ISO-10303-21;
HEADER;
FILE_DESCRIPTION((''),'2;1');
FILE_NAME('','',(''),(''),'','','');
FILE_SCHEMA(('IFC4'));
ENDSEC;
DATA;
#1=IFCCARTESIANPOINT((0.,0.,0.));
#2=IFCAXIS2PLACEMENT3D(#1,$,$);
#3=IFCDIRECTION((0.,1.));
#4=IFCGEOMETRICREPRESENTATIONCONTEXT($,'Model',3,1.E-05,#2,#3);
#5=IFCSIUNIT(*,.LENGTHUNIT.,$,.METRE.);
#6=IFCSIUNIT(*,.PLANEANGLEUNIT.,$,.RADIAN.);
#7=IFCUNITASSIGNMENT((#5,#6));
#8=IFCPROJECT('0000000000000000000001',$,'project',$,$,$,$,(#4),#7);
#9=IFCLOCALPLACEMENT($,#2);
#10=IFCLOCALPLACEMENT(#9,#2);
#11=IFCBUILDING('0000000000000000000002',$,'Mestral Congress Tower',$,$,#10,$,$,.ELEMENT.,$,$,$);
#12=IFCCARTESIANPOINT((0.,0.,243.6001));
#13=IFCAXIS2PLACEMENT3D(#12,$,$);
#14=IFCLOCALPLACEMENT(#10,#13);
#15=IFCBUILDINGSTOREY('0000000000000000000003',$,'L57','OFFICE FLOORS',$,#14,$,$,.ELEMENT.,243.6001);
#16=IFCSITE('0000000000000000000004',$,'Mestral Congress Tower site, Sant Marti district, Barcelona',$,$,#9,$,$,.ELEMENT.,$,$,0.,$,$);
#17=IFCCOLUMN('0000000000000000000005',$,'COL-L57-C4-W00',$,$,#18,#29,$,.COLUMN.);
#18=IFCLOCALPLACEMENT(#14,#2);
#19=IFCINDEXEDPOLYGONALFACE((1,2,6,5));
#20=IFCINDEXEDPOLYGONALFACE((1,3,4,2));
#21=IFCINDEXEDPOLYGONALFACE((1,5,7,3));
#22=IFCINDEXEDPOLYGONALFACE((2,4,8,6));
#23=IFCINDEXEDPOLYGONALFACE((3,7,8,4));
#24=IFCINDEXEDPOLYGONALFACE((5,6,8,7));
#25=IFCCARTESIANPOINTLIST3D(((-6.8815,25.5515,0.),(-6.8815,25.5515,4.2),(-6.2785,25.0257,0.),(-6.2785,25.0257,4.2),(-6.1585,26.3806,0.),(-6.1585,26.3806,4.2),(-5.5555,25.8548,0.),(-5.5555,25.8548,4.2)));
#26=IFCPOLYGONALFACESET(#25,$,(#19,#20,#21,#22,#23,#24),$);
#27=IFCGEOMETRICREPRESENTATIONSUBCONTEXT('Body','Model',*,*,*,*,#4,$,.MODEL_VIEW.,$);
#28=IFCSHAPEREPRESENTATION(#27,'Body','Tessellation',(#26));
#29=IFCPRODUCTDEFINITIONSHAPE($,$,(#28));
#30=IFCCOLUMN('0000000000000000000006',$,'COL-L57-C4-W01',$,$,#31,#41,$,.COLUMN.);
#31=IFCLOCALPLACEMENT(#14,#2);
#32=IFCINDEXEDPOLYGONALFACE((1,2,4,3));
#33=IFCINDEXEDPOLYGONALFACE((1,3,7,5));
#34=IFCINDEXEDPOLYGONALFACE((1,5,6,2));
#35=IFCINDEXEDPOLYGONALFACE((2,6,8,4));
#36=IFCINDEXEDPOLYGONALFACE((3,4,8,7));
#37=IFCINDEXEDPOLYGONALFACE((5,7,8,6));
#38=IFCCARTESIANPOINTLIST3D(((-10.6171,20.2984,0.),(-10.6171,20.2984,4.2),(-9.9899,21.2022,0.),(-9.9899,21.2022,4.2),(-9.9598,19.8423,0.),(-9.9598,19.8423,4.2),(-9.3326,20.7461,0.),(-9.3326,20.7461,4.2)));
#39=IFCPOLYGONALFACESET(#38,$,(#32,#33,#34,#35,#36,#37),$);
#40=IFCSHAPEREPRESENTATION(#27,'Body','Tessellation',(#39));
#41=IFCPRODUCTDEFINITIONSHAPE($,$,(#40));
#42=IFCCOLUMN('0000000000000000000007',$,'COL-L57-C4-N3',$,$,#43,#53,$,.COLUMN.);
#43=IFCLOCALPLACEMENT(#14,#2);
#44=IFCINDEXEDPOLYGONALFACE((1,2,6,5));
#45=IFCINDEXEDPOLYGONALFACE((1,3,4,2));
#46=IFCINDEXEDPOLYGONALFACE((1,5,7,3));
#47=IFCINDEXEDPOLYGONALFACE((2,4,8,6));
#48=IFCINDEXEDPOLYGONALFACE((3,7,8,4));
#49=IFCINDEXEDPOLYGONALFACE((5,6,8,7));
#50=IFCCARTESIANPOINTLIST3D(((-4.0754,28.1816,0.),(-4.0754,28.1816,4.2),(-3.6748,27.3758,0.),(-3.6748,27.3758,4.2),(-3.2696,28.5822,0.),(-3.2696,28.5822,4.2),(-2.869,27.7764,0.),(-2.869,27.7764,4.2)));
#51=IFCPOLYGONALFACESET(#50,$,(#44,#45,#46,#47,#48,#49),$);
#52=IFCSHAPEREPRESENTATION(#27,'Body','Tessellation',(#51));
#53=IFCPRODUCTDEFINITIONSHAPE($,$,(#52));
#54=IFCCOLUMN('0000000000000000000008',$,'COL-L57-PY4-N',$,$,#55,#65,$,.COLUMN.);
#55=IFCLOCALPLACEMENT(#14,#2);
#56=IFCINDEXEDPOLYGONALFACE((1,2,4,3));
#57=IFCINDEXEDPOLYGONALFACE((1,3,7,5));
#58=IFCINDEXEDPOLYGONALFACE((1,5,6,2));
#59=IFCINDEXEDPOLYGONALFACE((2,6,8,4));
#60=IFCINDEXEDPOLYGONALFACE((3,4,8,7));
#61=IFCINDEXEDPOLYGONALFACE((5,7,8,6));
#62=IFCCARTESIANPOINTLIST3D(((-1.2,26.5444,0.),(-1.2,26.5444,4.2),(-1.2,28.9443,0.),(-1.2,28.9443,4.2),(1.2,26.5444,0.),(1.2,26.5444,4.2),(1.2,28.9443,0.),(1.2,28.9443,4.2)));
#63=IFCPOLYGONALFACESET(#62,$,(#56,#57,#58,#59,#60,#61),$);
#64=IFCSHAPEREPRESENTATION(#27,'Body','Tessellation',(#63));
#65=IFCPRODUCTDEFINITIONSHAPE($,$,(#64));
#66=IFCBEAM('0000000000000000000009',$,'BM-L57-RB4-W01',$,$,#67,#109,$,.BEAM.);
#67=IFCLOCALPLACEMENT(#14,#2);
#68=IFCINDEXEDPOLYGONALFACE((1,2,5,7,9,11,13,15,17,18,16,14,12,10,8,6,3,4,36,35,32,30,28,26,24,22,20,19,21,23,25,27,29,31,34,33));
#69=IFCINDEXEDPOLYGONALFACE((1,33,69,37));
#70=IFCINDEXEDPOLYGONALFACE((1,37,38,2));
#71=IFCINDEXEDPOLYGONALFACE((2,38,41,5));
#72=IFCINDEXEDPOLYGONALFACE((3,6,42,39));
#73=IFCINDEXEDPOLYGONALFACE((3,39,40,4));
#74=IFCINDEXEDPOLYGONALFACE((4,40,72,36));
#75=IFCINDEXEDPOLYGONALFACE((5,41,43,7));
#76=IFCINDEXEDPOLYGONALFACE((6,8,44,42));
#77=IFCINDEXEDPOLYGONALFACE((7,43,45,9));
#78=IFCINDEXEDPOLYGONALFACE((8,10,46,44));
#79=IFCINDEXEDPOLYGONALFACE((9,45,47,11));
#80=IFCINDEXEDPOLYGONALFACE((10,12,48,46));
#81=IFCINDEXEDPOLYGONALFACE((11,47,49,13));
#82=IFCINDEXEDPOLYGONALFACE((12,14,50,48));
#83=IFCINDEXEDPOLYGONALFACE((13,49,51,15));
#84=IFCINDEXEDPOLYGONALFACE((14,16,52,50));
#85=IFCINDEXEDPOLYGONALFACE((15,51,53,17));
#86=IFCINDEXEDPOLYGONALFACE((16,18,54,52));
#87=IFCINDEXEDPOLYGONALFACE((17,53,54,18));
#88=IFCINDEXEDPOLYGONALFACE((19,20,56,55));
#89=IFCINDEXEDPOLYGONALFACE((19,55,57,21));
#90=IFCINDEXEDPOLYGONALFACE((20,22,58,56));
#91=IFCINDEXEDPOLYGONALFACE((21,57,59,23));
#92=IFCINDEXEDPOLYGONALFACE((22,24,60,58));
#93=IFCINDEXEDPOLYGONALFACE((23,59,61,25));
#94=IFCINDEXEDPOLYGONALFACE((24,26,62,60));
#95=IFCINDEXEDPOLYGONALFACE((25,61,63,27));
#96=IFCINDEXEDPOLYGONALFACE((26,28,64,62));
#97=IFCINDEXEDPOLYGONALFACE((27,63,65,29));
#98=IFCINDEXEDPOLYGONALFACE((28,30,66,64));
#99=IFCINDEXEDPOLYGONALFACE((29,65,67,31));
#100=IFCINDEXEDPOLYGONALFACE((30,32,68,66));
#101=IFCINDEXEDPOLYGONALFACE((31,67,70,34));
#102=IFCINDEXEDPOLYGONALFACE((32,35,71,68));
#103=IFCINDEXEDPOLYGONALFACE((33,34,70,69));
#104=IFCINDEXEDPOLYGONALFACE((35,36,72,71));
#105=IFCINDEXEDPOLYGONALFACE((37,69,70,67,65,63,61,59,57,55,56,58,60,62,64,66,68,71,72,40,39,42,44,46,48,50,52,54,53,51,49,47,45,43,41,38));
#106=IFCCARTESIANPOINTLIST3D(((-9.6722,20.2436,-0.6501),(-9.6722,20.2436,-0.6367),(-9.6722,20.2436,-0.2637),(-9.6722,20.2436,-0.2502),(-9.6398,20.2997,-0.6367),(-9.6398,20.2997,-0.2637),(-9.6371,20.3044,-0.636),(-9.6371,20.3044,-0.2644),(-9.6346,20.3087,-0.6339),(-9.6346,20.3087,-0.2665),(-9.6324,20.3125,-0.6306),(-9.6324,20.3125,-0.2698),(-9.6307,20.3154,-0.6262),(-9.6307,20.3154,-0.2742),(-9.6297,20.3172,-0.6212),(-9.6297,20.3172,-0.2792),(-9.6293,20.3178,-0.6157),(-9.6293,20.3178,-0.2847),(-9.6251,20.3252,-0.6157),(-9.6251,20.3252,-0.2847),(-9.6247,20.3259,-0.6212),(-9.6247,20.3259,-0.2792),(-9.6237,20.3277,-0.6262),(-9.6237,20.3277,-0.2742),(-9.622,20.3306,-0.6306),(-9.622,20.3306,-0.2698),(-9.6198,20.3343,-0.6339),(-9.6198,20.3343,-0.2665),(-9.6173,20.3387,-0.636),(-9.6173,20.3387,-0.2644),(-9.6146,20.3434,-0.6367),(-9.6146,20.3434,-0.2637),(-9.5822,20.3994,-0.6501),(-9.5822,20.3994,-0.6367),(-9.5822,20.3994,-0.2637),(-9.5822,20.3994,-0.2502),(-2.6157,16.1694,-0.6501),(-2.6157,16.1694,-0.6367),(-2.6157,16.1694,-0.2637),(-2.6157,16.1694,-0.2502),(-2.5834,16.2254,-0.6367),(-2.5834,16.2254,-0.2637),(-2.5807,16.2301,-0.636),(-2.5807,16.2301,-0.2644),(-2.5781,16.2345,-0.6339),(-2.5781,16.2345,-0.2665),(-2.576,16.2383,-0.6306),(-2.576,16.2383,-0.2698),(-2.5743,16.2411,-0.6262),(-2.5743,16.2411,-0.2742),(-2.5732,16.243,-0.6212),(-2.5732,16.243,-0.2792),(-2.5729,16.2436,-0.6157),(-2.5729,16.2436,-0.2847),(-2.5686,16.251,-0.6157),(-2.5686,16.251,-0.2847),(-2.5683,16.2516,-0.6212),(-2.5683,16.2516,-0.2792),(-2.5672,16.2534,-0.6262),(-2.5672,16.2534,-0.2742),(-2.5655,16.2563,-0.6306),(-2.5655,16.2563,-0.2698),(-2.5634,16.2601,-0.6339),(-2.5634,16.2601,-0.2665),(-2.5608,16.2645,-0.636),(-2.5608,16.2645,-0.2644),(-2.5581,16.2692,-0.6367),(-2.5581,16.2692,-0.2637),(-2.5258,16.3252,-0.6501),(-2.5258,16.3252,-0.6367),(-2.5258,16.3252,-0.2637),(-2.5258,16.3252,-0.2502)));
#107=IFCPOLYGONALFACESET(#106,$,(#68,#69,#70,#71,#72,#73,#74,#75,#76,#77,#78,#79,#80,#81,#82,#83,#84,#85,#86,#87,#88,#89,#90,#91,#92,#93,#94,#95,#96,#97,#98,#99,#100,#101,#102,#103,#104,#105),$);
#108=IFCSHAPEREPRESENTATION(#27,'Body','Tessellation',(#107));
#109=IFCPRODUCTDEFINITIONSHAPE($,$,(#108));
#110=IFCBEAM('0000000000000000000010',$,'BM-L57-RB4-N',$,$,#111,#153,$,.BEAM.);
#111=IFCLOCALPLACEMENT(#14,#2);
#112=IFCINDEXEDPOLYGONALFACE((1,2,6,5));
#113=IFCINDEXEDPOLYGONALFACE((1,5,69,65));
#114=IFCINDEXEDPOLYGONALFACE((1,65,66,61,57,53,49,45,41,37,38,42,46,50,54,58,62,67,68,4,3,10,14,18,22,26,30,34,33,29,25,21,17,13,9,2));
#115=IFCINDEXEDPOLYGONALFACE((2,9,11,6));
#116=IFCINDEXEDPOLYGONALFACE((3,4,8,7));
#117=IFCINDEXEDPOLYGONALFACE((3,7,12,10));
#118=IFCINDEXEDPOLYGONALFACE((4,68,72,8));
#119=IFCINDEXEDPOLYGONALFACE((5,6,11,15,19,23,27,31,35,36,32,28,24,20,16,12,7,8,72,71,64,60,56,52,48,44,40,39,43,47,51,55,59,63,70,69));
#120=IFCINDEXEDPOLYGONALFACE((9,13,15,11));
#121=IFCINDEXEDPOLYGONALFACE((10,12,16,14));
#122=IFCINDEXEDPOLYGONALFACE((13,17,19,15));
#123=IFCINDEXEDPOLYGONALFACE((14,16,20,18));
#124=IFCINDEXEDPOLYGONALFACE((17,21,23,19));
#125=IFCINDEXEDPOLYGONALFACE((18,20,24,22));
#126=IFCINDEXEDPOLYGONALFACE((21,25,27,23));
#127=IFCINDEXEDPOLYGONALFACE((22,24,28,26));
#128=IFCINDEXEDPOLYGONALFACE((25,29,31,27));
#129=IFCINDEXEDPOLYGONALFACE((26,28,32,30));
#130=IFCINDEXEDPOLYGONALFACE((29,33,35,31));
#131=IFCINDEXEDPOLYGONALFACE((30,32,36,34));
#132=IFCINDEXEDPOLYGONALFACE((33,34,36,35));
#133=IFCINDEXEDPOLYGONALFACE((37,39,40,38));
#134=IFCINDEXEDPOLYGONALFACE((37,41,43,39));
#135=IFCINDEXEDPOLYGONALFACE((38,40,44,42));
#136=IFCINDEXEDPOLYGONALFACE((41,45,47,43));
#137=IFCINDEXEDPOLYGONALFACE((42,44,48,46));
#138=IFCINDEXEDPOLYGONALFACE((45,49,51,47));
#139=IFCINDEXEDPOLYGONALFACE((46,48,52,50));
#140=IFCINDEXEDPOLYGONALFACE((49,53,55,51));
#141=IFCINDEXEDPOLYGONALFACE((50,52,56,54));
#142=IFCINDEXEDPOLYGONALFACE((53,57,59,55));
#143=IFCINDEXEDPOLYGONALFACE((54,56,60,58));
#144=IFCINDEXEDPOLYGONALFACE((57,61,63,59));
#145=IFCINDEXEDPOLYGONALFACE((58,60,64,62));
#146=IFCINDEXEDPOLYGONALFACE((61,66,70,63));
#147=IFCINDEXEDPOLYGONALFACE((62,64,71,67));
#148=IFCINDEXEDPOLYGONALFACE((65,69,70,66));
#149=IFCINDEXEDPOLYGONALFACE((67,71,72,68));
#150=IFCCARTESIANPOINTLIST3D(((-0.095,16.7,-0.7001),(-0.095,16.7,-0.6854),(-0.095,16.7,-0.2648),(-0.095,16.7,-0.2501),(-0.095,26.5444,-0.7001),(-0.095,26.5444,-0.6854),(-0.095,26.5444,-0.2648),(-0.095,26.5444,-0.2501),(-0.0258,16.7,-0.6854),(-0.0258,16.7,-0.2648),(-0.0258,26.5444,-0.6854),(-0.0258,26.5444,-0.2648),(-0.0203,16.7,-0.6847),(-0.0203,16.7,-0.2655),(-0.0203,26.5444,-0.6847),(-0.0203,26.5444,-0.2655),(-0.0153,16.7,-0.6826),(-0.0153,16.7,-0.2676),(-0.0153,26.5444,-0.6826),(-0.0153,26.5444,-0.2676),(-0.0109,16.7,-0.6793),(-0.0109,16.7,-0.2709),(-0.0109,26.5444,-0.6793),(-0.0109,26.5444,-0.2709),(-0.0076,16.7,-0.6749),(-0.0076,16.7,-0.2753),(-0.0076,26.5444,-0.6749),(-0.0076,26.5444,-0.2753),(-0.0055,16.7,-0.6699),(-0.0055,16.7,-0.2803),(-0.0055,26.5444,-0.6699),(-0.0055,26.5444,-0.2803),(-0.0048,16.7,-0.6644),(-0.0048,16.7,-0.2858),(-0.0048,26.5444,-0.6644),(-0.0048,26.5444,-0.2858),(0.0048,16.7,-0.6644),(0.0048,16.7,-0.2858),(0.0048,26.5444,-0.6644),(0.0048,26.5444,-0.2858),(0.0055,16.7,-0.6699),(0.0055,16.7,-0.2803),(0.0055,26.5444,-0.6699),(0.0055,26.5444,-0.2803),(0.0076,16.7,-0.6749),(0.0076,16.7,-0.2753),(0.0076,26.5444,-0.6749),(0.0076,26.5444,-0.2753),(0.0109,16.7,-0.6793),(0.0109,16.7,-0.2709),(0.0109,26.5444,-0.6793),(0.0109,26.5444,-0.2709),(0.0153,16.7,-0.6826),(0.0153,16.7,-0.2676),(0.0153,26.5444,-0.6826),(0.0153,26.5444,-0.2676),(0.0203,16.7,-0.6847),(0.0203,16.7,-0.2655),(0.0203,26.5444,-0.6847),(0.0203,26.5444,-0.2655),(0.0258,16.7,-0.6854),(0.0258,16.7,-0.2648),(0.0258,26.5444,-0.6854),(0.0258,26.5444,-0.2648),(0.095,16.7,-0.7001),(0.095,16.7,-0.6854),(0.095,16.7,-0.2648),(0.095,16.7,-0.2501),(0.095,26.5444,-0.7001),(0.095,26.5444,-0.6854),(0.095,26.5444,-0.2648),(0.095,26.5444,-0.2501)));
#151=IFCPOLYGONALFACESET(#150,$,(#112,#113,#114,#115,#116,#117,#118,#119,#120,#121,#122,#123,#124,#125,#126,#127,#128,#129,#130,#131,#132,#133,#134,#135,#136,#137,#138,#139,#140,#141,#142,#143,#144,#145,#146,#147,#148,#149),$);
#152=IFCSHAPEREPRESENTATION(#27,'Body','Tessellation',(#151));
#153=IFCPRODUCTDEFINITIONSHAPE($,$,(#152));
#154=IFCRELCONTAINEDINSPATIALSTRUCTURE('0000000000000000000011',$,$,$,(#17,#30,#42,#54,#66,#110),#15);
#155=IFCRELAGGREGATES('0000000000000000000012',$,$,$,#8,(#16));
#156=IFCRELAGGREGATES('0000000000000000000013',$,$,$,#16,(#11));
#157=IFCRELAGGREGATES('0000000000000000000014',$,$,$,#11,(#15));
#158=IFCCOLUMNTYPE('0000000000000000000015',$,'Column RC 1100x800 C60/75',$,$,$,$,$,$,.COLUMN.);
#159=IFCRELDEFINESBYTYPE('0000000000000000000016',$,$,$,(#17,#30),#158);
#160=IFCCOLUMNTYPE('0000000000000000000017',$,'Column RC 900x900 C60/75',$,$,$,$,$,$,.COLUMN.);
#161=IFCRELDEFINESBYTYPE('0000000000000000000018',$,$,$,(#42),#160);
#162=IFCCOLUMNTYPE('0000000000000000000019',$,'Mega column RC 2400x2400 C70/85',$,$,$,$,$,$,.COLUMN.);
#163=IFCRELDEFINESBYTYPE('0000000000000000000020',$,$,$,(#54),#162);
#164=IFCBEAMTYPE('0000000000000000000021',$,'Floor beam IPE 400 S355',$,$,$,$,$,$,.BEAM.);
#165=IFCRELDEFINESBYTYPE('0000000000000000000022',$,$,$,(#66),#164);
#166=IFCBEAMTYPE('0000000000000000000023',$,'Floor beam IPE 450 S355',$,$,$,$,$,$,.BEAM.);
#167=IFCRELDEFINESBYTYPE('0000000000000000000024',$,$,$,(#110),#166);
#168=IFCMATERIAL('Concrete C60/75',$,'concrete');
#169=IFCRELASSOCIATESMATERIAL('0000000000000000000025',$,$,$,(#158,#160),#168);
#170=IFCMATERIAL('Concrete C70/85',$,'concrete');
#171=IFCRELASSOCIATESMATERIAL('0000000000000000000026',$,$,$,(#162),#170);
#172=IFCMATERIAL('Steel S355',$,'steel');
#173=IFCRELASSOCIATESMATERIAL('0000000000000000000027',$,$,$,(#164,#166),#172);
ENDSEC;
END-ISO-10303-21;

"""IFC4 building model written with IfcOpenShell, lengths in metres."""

from ifc_helpers import new_model, si_unit, direction, frame, origin, origin_2d, place, context, subcontext, project, spatial, rectangle, i_section, extrude, material, material_profile, profile_set, type_object, element, save


model = new_model("IFC4")

# Units and contexts
model_context = context("Model", 3, precision=1e-05, world=origin(), true_north=direction((0.0, 1.0)))
body_context = subcontext(model_context, "Body", "Model", "MODEL_VIEW")
ifc_project = project(units=[si_unit("LENGTHUNIT", "METRE"), si_unit("PLANEANGLEUNIT", "RADIAN")], contexts=[model_context])

# Site, building, storey
site_placement = place(None, origin())
site = spatial("IfcSite", under=ifc_project, at=site_placement, Name="Mestral Congress Tower site, Sant Marti district, Barcelona", CompositionType="ELEMENT", RefElevation=0.0)
building_placement = place(site_placement, origin())
building = spatial("IfcBuilding", under=site, at=building_placement, Name="Mestral Congress Tower", CompositionType="ELEMENT")
storey_placement = place(building_placement, frame((0.0, 0.0, 243.6001)))
storey = spatial("IfcBuildingStorey", under=building, at=storey_placement, Name="L57", Description="OFFICE FLOORS", CompositionType="ELEMENT", Elevation=243.6001)

# Columns
ifc_material_1 = material(Name="Concrete C60/75", Category="concrete")
ifc_material_profile_1 = material_profile(ifc_material_1, rectangle(XDim=1.1001, YDim=0.8, at=origin_2d()), Name="RC 1100x800")
ifc_profile_set_1 = profile_set([ifc_material_profile_1], Name="Concrete C60/75")
column_type_1 = type_object("IfcColumnType", Name="Column RC 1100x800 C60/75", PredefinedType="COLUMN", material=ifc_profile_set_1)
for number, where, z_axis, x_axis, name in (
    (1, (-6.2185, 25.7031, 0.0), (0.0, 0.0, 1.0), (-0.65725, -0.753672, 0.0), "COL-L57-C4-W00"),
    (2, (-9.9749, 20.5222, 0.0), (0.0, 0.0, 1.0), (-0.570084, -0.821586, 0.0), "COL-L57-C4-W01"),
):
    element("IfcColumn", number, at=place(storey_placement, frame(where, z_axis=z_axis, x_axis=x_axis)), inside=storey, type_object=column_type_1, Name=name, PredefinedType="COLUMN", context=body_context, shape_type="SweptSolid", body=[
        extrude(rectangle(XDim=1.1001, YDim=0.8, at=origin_2d()), origin(), (0.0, 0.0, 1.0), 4.2),
    ])
ifc_material_profile_2 = material_profile(ifc_material_1, rectangle(XDim=0.8999, YDim=0.8999, at=origin_2d()), Name="RC 900x900")
ifc_profile_set_2 = profile_set([ifc_material_profile_2], Name="Concrete C60/75")
column_type_2 = type_object("IfcColumnType", Name="Column RC 900x900 C60/75", PredefinedType="COLUMN", material=ifc_profile_set_2)
column_1_placement = place(storey_placement, frame((-3.4722, 27.979, 0.0), z_axis=(0.0, 0.0, 1.0), x_axis=(-0.895456, -0.445149, 0.0)))
element("IfcColumn", 3, at=column_1_placement, inside=storey, type_object=column_type_2, Name="COL-L57-C4-N3", PredefinedType="COLUMN", context=body_context, shape_type="SweptSolid", body=[
    extrude(rectangle(XDim=0.8999, YDim=0.8999, at=origin_2d()), origin(), (0.0, 0.0, 1.0), 4.2),
])
ifc_material_2 = material(Name="Concrete C70/85", Category="concrete")
ifc_material_profile_3 = material_profile(ifc_material_2, rectangle(XDim=2.3999, YDim=2.3999, at=origin_2d()), Name="RC 2400x2400")
ifc_profile_set_3 = profile_set([ifc_material_profile_3], Name="Concrete C70/85")
column_type_3 = type_object("IfcColumnType", Name="Mega column RC 2400x2400 C70/85", PredefinedType="COLUMN", material=ifc_profile_set_3)
column_2_placement = place(storey_placement, frame((0.0, 27.7444, 0.0), z_axis=(0.0, 0.0, 1.0), x_axis=(0.0, 1.0, 0.0)))
element("IfcColumn", 4, at=column_2_placement, inside=storey, type_object=column_type_3, Name="COL-L57-PY4-N", PredefinedType="COLUMN", context=body_context, shape_type="SweptSolid", body=[
    extrude(rectangle(XDim=2.3999, YDim=2.3999, at=origin_2d()), origin(), (0.0, 0.0, 1.0), 4.2),
])

# Beams
ifc_material_3 = material(Name="Steel S355", Category="steel")
ifc_material_profile_4 = material_profile(ifc_material_3, i_section(OverallWidth=0.1799, OverallDepth=0.3999, WebThickness=0.0085, FlangeThickness=0.0134, FilletRadius=0.021, at=origin_2d()), Name="IPE 400")
ifc_profile_set_4 = profile_set([ifc_material_profile_4], Name="Steel S355")
beam_type_1 = type_object("IfcBeamType", Name="Floor beam IPE 400 S355", PredefinedType="BEAM", material=ifc_profile_set_4)
beam_1_placement = place(storey_placement, frame((-9.6272, 20.3215, -0.4502), z_axis=(0.866014, -0.500019, 0.0), x_axis=(0.500019, 0.866014, 0.0)))
element("IfcBeam", 5, at=beam_1_placement, inside=storey, type_object=beam_type_1, Name="BM-L57-RB4-W01", PredefinedType="BEAM", context=body_context, shape_type="SweptSolid", body=[
    extrude(i_section(OverallWidth=0.1799, OverallDepth=0.3999, WebThickness=0.0085, FlangeThickness=0.0134, FilletRadius=0.021, at=origin_2d()), origin(), (0.0, 0.0, 1.0), 8.1482),
])
ifc_material_profile_5 = material_profile(ifc_material_3, i_section(OverallWidth=0.1899, OverallDepth=0.45, WebThickness=0.0095, FlangeThickness=0.0146, FilletRadius=0.021, at=origin_2d()), Name="IPE 450")
ifc_profile_set_5 = profile_set([ifc_material_profile_5], Name="Steel S355")
beam_type_2 = type_object("IfcBeamType", Name="Floor beam IPE 450 S355", PredefinedType="BEAM", material=ifc_profile_set_5)
beam_2_placement = place(storey_placement, frame((0.0, 26.5444, -0.4751), z_axis=(0.0, -1.0, 0.0), x_axis=(1.0, 0.0, 0.0)))
element("IfcBeam", 6, at=beam_2_placement, inside=storey, type_object=beam_type_2, Name="BM-L57-RB4-N", PredefinedType="BEAM", context=body_context, shape_type="SweptSolid", body=[
    extrude(i_section(OverallWidth=0.1899, OverallDepth=0.45, WebThickness=0.0095, FlangeThickness=0.0146, FilletRadius=0.021, at=origin_2d()), origin(), (0.0, 0.0, 1.0), 9.8445),
])

save(model, "model.ifc")
